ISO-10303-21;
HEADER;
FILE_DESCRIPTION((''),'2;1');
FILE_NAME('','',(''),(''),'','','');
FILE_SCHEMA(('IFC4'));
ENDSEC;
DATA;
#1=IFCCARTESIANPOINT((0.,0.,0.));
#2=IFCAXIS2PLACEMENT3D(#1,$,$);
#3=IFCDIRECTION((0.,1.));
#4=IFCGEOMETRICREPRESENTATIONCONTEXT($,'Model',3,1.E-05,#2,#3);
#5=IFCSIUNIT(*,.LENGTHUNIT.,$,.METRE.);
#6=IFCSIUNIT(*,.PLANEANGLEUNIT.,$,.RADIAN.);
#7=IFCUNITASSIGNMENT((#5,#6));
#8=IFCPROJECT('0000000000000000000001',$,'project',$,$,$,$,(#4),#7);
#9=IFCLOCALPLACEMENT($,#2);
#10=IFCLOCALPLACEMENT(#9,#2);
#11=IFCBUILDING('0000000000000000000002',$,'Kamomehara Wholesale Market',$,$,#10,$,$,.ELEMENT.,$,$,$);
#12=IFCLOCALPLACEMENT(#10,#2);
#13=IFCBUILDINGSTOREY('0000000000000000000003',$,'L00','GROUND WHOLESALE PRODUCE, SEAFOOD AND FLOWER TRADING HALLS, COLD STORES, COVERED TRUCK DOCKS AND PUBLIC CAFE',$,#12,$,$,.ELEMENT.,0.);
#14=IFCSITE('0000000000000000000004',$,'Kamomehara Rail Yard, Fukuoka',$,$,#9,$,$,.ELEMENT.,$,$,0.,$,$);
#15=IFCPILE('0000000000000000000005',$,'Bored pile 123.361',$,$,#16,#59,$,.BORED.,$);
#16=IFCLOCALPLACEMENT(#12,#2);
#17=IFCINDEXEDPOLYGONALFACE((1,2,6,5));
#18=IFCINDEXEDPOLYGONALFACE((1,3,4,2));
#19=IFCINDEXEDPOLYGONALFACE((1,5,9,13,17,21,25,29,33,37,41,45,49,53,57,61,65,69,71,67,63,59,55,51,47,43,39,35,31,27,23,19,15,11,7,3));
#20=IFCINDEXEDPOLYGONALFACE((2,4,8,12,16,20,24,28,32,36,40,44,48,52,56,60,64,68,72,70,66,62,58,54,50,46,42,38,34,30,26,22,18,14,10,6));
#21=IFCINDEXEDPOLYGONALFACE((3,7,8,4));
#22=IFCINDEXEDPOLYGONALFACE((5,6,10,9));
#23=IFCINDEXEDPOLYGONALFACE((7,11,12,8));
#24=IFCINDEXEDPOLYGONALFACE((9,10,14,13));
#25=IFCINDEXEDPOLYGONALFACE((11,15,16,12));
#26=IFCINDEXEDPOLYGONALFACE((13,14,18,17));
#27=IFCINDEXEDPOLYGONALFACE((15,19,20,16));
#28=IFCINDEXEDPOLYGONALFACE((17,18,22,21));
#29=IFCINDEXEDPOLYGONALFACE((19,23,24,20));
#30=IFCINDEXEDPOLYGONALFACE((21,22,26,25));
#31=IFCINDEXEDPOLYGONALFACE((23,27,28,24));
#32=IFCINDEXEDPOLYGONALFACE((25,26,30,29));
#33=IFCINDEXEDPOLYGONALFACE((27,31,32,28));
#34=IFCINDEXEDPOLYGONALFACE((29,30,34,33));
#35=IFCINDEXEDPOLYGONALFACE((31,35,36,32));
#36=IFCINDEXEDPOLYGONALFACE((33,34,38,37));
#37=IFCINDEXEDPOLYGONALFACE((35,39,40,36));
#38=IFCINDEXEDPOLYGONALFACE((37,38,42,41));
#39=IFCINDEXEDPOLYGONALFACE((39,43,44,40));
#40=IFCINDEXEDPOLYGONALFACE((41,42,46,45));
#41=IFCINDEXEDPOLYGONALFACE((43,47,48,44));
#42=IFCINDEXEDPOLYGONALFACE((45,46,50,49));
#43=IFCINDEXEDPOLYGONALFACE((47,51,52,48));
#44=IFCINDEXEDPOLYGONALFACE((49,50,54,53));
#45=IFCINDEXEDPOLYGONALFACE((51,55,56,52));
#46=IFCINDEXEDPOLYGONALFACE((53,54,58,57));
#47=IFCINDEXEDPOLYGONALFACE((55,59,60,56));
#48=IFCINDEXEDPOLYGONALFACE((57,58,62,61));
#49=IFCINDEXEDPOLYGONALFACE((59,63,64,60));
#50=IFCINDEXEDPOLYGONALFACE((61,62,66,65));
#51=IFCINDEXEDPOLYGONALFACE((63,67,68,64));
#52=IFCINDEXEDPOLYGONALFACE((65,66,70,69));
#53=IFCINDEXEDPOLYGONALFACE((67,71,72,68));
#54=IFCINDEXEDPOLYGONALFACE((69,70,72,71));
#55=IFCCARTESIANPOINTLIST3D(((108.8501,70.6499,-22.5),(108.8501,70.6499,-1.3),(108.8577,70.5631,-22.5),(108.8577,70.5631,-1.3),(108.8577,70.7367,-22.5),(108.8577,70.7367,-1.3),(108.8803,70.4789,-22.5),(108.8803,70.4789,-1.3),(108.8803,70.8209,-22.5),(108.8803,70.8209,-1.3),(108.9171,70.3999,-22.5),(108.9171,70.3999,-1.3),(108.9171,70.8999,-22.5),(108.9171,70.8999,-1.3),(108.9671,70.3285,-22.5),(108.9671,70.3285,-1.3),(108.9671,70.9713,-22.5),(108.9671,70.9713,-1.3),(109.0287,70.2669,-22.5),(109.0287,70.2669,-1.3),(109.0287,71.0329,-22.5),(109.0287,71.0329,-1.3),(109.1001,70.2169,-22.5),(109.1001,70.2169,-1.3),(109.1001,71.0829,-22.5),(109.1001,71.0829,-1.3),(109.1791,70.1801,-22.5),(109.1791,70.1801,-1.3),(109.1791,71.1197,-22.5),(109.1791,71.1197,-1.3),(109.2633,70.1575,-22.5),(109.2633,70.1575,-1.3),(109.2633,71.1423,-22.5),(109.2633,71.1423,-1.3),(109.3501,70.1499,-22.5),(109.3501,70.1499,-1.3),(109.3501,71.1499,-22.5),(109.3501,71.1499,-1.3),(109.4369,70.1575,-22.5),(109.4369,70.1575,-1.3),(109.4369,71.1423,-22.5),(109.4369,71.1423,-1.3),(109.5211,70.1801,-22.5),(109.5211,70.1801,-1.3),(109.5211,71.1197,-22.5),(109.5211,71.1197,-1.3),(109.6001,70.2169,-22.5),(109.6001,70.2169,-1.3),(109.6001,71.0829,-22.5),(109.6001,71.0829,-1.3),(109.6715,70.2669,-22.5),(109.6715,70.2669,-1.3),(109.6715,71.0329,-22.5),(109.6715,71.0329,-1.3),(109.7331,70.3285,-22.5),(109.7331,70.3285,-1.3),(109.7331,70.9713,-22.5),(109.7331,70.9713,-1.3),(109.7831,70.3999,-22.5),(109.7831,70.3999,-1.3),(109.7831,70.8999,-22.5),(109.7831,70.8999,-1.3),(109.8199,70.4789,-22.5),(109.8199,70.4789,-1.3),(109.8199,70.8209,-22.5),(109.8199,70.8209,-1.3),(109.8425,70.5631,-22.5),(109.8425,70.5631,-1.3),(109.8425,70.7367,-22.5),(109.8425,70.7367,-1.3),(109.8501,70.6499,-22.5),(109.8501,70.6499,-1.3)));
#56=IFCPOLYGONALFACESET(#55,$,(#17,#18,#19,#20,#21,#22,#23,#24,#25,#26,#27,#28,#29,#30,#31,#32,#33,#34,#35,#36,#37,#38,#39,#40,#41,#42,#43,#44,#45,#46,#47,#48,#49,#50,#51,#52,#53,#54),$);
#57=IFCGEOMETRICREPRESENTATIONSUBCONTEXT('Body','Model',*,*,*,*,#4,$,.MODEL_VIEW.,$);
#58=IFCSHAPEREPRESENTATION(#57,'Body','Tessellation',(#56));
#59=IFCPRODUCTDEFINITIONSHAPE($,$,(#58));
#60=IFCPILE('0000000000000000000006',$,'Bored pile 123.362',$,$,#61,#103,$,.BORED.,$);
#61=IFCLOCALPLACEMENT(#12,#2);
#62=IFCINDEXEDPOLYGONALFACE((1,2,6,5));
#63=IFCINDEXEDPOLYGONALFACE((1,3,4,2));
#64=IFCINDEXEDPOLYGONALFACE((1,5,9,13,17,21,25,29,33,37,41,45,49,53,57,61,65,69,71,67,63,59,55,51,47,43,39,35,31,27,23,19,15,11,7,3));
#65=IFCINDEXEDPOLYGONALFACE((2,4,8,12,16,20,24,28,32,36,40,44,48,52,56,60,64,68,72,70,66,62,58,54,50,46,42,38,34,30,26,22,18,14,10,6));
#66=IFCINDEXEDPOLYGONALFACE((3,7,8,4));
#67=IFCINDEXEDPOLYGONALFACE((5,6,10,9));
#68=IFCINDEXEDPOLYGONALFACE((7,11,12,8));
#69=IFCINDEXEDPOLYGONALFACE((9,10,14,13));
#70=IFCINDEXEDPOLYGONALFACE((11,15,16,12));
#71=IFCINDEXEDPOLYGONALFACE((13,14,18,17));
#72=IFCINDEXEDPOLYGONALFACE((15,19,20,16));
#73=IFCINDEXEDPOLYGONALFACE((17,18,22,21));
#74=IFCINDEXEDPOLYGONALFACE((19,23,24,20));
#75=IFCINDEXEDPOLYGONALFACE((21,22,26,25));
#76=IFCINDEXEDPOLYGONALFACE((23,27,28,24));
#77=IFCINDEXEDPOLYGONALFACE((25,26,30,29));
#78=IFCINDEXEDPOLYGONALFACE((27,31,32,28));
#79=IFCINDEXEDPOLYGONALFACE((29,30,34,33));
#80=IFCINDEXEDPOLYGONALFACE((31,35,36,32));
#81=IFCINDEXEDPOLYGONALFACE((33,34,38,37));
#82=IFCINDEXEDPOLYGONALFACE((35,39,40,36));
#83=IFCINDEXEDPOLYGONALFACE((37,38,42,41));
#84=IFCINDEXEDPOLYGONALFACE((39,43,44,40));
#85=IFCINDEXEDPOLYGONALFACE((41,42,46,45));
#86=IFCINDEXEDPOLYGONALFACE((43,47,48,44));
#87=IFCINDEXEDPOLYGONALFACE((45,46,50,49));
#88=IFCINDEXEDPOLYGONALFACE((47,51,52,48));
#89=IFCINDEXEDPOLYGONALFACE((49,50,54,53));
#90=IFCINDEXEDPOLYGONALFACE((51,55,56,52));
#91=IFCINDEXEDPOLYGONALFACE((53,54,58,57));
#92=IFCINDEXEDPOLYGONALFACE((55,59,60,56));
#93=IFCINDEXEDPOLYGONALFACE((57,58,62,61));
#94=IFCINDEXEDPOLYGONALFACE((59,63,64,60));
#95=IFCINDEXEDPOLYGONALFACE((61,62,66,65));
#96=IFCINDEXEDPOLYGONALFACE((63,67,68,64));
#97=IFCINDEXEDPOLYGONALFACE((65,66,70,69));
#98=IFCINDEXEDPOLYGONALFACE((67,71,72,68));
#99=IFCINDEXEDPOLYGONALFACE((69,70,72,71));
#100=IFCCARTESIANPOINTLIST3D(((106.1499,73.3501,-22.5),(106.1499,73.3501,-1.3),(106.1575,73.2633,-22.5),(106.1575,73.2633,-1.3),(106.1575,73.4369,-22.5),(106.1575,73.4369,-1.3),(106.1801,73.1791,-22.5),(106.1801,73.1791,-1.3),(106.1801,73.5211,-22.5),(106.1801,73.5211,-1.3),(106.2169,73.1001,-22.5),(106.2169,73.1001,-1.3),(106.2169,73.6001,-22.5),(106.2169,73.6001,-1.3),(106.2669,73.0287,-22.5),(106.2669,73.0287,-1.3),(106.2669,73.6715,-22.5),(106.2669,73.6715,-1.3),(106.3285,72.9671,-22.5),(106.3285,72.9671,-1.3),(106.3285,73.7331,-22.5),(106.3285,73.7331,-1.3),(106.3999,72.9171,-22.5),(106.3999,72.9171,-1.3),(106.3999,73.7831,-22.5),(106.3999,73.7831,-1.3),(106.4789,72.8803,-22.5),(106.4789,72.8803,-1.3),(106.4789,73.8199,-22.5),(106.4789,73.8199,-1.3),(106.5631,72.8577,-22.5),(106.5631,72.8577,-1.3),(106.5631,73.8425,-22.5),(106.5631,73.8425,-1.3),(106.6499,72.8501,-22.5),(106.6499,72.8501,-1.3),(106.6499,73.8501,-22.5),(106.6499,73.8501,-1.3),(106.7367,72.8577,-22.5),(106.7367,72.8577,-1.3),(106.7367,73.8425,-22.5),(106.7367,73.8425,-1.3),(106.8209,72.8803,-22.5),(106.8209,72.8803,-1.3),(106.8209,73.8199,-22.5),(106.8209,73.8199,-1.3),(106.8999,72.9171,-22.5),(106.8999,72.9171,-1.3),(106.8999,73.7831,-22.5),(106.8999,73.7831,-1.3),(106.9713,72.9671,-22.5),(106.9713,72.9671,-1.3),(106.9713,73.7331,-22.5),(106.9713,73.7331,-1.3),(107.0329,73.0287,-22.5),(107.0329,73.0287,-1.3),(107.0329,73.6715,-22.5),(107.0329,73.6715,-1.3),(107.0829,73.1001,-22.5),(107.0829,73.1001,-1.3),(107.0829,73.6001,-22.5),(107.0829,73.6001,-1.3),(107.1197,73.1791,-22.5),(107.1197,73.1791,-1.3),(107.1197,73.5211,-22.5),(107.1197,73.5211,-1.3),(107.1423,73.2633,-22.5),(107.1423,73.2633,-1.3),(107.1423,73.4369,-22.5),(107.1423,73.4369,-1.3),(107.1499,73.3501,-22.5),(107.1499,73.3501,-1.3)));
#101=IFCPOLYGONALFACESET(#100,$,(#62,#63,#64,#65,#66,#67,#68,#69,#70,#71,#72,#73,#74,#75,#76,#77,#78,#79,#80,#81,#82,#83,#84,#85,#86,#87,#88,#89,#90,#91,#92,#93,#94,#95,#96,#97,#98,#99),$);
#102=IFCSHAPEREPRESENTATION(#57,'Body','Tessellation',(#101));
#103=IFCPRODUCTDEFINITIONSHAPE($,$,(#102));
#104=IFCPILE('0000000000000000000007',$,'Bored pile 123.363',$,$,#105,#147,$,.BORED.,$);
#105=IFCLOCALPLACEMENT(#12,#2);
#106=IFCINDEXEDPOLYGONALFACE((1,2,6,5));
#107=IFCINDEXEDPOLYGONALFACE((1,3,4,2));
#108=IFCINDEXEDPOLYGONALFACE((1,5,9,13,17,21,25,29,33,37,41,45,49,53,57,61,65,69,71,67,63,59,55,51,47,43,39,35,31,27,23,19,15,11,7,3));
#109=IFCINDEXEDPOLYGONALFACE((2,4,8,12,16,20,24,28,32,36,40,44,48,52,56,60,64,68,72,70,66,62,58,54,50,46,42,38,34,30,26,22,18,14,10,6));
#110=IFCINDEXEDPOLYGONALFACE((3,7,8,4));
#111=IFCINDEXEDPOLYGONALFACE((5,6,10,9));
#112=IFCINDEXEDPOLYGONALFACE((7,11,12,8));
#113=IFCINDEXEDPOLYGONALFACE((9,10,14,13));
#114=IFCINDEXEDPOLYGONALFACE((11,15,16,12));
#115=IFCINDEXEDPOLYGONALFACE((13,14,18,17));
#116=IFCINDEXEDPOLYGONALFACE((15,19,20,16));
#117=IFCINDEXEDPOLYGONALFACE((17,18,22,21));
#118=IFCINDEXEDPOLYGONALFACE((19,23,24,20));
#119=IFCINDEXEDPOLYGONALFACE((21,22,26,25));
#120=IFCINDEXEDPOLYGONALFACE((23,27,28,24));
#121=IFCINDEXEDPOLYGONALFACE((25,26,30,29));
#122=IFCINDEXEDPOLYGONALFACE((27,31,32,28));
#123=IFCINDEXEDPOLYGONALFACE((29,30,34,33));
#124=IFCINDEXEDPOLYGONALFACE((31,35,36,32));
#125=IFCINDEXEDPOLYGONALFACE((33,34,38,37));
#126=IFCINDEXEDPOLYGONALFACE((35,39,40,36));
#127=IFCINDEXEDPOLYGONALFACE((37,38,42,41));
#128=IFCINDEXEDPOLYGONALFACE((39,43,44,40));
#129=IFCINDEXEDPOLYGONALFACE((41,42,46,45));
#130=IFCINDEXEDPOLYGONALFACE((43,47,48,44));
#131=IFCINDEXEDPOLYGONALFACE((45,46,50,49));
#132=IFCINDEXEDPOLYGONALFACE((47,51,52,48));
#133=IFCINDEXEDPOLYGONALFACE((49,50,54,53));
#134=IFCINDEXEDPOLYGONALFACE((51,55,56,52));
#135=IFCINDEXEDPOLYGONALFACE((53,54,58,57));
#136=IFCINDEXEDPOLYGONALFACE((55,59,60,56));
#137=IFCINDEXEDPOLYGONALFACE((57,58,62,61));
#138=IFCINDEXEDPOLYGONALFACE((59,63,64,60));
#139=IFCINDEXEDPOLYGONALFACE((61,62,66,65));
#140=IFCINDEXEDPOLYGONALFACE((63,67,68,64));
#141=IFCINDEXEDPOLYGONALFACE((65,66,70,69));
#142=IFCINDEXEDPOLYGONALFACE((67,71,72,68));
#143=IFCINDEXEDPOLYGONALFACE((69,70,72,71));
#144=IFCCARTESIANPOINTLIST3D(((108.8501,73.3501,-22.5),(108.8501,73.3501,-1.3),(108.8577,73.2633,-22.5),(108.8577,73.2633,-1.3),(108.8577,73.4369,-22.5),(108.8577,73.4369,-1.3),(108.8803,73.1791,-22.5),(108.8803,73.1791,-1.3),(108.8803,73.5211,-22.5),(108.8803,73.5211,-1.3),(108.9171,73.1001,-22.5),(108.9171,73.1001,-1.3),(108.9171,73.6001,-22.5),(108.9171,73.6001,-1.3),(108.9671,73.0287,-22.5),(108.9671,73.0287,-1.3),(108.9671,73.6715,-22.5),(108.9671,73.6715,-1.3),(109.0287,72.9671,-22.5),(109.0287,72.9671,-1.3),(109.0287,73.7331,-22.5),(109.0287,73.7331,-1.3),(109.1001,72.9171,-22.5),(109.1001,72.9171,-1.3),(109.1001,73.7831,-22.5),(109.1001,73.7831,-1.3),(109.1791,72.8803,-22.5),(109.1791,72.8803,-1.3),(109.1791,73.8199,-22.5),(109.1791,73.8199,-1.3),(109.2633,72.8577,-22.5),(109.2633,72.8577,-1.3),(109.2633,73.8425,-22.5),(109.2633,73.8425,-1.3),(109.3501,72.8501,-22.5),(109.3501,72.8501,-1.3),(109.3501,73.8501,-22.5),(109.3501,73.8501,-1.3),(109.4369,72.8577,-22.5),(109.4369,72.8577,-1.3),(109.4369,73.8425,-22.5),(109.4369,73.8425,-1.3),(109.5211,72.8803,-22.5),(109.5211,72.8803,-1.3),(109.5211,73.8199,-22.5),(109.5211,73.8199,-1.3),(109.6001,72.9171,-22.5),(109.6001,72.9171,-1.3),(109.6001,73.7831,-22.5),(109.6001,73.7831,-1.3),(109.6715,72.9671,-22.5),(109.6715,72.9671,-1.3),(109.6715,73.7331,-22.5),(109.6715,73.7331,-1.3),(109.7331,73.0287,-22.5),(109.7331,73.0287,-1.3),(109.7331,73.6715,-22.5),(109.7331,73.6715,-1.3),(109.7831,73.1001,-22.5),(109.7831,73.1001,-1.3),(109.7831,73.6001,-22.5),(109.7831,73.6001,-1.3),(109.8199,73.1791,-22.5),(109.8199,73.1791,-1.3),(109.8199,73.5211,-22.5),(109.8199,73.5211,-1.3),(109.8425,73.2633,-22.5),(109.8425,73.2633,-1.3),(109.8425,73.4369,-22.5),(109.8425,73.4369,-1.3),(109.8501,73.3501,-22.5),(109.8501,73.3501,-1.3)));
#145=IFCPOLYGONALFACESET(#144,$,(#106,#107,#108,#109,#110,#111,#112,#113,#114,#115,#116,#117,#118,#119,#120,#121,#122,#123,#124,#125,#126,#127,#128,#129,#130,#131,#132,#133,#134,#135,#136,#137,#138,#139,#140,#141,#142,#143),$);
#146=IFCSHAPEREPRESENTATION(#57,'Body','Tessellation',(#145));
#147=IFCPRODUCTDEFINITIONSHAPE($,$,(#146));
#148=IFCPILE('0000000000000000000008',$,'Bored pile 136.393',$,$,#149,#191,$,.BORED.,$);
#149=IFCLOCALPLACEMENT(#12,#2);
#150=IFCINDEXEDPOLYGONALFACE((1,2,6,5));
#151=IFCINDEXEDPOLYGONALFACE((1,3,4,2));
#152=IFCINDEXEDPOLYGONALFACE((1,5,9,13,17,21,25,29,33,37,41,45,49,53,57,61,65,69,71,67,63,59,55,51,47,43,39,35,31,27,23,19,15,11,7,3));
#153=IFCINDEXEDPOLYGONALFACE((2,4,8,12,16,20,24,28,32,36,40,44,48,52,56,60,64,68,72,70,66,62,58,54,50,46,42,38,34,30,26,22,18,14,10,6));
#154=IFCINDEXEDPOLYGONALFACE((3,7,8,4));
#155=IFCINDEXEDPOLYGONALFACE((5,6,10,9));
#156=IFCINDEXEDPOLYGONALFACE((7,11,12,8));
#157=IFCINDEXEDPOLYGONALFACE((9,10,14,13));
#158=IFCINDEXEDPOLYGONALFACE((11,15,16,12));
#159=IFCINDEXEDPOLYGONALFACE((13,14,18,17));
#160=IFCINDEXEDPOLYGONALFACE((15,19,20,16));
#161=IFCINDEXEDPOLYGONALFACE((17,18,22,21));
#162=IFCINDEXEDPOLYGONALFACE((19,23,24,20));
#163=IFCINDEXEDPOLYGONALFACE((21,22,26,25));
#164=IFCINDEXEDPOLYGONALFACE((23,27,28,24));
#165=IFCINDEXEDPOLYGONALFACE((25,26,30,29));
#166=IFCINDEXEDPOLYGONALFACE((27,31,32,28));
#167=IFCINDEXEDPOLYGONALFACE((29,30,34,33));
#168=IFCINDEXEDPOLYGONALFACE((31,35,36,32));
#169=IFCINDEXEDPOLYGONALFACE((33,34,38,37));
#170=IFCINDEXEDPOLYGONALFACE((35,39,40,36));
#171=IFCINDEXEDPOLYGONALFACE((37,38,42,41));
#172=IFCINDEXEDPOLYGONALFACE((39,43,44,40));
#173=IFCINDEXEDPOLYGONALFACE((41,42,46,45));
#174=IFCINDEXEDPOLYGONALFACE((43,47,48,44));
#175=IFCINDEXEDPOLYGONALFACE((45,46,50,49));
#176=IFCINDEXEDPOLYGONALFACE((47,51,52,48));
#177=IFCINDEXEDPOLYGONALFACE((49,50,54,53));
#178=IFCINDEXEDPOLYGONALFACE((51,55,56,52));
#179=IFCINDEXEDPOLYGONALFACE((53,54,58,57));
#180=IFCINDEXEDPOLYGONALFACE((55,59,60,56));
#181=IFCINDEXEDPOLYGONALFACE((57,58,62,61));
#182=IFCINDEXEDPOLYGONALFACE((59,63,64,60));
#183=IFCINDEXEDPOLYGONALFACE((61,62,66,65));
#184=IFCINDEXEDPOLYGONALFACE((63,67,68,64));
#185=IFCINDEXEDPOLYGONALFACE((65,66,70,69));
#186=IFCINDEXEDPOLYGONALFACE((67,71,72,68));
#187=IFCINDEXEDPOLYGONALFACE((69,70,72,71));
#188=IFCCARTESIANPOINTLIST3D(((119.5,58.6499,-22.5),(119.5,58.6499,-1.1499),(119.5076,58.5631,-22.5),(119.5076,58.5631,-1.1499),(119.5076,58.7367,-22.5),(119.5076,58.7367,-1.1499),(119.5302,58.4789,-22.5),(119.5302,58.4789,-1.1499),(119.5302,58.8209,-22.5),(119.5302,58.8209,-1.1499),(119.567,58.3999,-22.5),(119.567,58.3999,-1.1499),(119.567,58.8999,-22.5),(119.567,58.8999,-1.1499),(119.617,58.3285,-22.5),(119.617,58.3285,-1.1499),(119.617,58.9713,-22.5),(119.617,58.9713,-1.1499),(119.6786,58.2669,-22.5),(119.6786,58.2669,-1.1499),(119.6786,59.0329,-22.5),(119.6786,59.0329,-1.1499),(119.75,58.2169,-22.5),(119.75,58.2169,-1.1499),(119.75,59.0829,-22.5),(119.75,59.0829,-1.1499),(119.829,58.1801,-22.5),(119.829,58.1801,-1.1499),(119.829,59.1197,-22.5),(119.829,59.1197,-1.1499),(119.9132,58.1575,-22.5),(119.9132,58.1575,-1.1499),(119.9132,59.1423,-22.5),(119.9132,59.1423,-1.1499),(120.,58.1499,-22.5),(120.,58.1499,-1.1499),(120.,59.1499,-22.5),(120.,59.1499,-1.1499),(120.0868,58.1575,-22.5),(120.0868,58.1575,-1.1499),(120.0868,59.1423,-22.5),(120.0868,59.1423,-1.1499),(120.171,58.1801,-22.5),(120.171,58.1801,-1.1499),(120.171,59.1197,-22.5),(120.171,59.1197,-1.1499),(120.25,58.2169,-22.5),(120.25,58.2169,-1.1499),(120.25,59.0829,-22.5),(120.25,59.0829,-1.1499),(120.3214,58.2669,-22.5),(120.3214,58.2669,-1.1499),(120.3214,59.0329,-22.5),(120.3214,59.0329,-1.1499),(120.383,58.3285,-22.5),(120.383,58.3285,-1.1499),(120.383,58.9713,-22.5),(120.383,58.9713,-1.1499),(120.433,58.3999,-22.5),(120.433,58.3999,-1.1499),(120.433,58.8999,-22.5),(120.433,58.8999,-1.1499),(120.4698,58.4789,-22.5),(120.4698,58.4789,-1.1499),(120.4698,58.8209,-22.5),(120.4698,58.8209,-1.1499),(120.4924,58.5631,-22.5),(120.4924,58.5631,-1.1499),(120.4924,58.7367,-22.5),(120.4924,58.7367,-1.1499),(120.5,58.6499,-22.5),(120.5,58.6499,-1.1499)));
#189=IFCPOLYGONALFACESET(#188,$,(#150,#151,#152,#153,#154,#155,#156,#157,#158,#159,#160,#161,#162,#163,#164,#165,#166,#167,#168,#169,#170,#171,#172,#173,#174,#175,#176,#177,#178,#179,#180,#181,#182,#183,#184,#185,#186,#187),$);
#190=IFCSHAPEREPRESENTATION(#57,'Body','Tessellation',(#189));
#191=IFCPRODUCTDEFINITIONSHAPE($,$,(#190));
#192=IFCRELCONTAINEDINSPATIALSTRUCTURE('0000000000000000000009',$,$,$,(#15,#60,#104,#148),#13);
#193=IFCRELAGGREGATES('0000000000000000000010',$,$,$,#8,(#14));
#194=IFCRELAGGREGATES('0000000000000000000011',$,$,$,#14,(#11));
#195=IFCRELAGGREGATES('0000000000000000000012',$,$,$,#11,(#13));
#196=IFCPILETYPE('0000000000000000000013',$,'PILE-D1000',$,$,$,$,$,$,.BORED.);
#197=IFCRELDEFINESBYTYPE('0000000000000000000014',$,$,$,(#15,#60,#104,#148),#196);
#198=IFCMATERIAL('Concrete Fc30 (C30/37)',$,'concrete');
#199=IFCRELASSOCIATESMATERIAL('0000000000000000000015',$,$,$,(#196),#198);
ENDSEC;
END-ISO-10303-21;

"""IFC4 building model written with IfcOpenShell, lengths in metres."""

from ifc_helpers import new_model, si_unit, direction, frame, origin, origin_2d, place, context, subcontext, project, spatial, circle, extrude, material, material_profile, profile_set, type_object, element, save


model = new_model("IFC4")

# Units and contexts
model_context = context("Model", 3, precision=1e-05, world=origin(), true_north=direction((0.0, 1.0)))
body_context = subcontext(model_context, "Body", "Model", "MODEL_VIEW")
ifc_project = project(units=[si_unit("LENGTHUNIT", "METRE"), si_unit("PLANEANGLEUNIT", "RADIAN")], contexts=[model_context])

# Site, building, storey
site_placement = place(None, origin())
site = spatial("IfcSite", under=ifc_project, at=site_placement, Name="Kamomehara Rail Yard, Fukuoka", CompositionType="ELEMENT", RefElevation=0.0)
building_placement = place(site_placement, origin())
building = spatial("IfcBuilding", under=site, at=building_placement, Name="Kamomehara Wholesale Market", CompositionType="ELEMENT")
storey_placement = place(building_placement, origin())
storey = spatial("IfcBuildingStorey", under=building, at=storey_placement, Name="L00", Description="GROUND WHOLESALE PRODUCE, SEAFOOD AND FLOWER TRADING HALLS, COLD STORES, COVERED TRUCK DOCKS AND PUBLIC CAFE", CompositionType="ELEMENT", Elevation=0.0)

# Piles
ifc_material_1 = material(Name="Concrete Fc30 (C30/37)", Category="concrete")
ifc_material_profile_1 = material_profile(ifc_material_1, circle(Radius=0.5, at=origin_2d()), Name="RC-PILE-D1000")
ifc_profile_set_1 = profile_set([ifc_material_profile_1], Name="Concrete Fc30 (C30/37)")
pile_type_1 = type_object("IfcPileType", Name="PILE-D1000", PredefinedType="BORED", material=ifc_profile_set_1)
for number, where, z_axis, x_axis, name in (
    (1, (109.3501, 70.6499, -1.3), (0.0, 0.0, -1.0), (1.0, 0.0, 0.0), "Bored pile 123.361"),
    (2, (106.6499, 73.3501, -1.3), (0.0, 0.0, -1.0), (1.0, 0.0, 0.0), "Bored pile 123.362"),
    (3, (109.3501, 73.3501, -1.3), (0.0, 0.0, -1.0), (1.0, 0.0, 0.0), "Bored pile 123.363"),
):
    element("IfcPile", number, at=place(storey_placement, frame(where, z_axis=z_axis, x_axis=x_axis)), inside=storey, type_object=pile_type_1, Name=name, PredefinedType="BORED", context=body_context, shape_type="SweptSolid", body=[
        extrude(circle(Radius=0.5, at=origin_2d()), origin(), (0.0, 0.0, 1.0), 21.2),
    ])
for number, where, z_axis, x_axis, name in (
    (4, (120.0, 58.6499, -1.1499), (0.0, 0.0, -1.0), (1.0, 0.0, 0.0), "Bored pile 136.393"),
):
    element("IfcPile", number, at=place(storey_placement, frame(where, z_axis=z_axis, x_axis=x_axis)), inside=storey, type_object=pile_type_1, Name=name, PredefinedType="BORED", context=body_context, shape_type="SweptSolid", body=[
        extrude(circle(Radius=0.5, at=origin_2d()), origin(), (0.0, 0.0, 1.0), 21.3501),
    ])

save(model, "model.ifc")
